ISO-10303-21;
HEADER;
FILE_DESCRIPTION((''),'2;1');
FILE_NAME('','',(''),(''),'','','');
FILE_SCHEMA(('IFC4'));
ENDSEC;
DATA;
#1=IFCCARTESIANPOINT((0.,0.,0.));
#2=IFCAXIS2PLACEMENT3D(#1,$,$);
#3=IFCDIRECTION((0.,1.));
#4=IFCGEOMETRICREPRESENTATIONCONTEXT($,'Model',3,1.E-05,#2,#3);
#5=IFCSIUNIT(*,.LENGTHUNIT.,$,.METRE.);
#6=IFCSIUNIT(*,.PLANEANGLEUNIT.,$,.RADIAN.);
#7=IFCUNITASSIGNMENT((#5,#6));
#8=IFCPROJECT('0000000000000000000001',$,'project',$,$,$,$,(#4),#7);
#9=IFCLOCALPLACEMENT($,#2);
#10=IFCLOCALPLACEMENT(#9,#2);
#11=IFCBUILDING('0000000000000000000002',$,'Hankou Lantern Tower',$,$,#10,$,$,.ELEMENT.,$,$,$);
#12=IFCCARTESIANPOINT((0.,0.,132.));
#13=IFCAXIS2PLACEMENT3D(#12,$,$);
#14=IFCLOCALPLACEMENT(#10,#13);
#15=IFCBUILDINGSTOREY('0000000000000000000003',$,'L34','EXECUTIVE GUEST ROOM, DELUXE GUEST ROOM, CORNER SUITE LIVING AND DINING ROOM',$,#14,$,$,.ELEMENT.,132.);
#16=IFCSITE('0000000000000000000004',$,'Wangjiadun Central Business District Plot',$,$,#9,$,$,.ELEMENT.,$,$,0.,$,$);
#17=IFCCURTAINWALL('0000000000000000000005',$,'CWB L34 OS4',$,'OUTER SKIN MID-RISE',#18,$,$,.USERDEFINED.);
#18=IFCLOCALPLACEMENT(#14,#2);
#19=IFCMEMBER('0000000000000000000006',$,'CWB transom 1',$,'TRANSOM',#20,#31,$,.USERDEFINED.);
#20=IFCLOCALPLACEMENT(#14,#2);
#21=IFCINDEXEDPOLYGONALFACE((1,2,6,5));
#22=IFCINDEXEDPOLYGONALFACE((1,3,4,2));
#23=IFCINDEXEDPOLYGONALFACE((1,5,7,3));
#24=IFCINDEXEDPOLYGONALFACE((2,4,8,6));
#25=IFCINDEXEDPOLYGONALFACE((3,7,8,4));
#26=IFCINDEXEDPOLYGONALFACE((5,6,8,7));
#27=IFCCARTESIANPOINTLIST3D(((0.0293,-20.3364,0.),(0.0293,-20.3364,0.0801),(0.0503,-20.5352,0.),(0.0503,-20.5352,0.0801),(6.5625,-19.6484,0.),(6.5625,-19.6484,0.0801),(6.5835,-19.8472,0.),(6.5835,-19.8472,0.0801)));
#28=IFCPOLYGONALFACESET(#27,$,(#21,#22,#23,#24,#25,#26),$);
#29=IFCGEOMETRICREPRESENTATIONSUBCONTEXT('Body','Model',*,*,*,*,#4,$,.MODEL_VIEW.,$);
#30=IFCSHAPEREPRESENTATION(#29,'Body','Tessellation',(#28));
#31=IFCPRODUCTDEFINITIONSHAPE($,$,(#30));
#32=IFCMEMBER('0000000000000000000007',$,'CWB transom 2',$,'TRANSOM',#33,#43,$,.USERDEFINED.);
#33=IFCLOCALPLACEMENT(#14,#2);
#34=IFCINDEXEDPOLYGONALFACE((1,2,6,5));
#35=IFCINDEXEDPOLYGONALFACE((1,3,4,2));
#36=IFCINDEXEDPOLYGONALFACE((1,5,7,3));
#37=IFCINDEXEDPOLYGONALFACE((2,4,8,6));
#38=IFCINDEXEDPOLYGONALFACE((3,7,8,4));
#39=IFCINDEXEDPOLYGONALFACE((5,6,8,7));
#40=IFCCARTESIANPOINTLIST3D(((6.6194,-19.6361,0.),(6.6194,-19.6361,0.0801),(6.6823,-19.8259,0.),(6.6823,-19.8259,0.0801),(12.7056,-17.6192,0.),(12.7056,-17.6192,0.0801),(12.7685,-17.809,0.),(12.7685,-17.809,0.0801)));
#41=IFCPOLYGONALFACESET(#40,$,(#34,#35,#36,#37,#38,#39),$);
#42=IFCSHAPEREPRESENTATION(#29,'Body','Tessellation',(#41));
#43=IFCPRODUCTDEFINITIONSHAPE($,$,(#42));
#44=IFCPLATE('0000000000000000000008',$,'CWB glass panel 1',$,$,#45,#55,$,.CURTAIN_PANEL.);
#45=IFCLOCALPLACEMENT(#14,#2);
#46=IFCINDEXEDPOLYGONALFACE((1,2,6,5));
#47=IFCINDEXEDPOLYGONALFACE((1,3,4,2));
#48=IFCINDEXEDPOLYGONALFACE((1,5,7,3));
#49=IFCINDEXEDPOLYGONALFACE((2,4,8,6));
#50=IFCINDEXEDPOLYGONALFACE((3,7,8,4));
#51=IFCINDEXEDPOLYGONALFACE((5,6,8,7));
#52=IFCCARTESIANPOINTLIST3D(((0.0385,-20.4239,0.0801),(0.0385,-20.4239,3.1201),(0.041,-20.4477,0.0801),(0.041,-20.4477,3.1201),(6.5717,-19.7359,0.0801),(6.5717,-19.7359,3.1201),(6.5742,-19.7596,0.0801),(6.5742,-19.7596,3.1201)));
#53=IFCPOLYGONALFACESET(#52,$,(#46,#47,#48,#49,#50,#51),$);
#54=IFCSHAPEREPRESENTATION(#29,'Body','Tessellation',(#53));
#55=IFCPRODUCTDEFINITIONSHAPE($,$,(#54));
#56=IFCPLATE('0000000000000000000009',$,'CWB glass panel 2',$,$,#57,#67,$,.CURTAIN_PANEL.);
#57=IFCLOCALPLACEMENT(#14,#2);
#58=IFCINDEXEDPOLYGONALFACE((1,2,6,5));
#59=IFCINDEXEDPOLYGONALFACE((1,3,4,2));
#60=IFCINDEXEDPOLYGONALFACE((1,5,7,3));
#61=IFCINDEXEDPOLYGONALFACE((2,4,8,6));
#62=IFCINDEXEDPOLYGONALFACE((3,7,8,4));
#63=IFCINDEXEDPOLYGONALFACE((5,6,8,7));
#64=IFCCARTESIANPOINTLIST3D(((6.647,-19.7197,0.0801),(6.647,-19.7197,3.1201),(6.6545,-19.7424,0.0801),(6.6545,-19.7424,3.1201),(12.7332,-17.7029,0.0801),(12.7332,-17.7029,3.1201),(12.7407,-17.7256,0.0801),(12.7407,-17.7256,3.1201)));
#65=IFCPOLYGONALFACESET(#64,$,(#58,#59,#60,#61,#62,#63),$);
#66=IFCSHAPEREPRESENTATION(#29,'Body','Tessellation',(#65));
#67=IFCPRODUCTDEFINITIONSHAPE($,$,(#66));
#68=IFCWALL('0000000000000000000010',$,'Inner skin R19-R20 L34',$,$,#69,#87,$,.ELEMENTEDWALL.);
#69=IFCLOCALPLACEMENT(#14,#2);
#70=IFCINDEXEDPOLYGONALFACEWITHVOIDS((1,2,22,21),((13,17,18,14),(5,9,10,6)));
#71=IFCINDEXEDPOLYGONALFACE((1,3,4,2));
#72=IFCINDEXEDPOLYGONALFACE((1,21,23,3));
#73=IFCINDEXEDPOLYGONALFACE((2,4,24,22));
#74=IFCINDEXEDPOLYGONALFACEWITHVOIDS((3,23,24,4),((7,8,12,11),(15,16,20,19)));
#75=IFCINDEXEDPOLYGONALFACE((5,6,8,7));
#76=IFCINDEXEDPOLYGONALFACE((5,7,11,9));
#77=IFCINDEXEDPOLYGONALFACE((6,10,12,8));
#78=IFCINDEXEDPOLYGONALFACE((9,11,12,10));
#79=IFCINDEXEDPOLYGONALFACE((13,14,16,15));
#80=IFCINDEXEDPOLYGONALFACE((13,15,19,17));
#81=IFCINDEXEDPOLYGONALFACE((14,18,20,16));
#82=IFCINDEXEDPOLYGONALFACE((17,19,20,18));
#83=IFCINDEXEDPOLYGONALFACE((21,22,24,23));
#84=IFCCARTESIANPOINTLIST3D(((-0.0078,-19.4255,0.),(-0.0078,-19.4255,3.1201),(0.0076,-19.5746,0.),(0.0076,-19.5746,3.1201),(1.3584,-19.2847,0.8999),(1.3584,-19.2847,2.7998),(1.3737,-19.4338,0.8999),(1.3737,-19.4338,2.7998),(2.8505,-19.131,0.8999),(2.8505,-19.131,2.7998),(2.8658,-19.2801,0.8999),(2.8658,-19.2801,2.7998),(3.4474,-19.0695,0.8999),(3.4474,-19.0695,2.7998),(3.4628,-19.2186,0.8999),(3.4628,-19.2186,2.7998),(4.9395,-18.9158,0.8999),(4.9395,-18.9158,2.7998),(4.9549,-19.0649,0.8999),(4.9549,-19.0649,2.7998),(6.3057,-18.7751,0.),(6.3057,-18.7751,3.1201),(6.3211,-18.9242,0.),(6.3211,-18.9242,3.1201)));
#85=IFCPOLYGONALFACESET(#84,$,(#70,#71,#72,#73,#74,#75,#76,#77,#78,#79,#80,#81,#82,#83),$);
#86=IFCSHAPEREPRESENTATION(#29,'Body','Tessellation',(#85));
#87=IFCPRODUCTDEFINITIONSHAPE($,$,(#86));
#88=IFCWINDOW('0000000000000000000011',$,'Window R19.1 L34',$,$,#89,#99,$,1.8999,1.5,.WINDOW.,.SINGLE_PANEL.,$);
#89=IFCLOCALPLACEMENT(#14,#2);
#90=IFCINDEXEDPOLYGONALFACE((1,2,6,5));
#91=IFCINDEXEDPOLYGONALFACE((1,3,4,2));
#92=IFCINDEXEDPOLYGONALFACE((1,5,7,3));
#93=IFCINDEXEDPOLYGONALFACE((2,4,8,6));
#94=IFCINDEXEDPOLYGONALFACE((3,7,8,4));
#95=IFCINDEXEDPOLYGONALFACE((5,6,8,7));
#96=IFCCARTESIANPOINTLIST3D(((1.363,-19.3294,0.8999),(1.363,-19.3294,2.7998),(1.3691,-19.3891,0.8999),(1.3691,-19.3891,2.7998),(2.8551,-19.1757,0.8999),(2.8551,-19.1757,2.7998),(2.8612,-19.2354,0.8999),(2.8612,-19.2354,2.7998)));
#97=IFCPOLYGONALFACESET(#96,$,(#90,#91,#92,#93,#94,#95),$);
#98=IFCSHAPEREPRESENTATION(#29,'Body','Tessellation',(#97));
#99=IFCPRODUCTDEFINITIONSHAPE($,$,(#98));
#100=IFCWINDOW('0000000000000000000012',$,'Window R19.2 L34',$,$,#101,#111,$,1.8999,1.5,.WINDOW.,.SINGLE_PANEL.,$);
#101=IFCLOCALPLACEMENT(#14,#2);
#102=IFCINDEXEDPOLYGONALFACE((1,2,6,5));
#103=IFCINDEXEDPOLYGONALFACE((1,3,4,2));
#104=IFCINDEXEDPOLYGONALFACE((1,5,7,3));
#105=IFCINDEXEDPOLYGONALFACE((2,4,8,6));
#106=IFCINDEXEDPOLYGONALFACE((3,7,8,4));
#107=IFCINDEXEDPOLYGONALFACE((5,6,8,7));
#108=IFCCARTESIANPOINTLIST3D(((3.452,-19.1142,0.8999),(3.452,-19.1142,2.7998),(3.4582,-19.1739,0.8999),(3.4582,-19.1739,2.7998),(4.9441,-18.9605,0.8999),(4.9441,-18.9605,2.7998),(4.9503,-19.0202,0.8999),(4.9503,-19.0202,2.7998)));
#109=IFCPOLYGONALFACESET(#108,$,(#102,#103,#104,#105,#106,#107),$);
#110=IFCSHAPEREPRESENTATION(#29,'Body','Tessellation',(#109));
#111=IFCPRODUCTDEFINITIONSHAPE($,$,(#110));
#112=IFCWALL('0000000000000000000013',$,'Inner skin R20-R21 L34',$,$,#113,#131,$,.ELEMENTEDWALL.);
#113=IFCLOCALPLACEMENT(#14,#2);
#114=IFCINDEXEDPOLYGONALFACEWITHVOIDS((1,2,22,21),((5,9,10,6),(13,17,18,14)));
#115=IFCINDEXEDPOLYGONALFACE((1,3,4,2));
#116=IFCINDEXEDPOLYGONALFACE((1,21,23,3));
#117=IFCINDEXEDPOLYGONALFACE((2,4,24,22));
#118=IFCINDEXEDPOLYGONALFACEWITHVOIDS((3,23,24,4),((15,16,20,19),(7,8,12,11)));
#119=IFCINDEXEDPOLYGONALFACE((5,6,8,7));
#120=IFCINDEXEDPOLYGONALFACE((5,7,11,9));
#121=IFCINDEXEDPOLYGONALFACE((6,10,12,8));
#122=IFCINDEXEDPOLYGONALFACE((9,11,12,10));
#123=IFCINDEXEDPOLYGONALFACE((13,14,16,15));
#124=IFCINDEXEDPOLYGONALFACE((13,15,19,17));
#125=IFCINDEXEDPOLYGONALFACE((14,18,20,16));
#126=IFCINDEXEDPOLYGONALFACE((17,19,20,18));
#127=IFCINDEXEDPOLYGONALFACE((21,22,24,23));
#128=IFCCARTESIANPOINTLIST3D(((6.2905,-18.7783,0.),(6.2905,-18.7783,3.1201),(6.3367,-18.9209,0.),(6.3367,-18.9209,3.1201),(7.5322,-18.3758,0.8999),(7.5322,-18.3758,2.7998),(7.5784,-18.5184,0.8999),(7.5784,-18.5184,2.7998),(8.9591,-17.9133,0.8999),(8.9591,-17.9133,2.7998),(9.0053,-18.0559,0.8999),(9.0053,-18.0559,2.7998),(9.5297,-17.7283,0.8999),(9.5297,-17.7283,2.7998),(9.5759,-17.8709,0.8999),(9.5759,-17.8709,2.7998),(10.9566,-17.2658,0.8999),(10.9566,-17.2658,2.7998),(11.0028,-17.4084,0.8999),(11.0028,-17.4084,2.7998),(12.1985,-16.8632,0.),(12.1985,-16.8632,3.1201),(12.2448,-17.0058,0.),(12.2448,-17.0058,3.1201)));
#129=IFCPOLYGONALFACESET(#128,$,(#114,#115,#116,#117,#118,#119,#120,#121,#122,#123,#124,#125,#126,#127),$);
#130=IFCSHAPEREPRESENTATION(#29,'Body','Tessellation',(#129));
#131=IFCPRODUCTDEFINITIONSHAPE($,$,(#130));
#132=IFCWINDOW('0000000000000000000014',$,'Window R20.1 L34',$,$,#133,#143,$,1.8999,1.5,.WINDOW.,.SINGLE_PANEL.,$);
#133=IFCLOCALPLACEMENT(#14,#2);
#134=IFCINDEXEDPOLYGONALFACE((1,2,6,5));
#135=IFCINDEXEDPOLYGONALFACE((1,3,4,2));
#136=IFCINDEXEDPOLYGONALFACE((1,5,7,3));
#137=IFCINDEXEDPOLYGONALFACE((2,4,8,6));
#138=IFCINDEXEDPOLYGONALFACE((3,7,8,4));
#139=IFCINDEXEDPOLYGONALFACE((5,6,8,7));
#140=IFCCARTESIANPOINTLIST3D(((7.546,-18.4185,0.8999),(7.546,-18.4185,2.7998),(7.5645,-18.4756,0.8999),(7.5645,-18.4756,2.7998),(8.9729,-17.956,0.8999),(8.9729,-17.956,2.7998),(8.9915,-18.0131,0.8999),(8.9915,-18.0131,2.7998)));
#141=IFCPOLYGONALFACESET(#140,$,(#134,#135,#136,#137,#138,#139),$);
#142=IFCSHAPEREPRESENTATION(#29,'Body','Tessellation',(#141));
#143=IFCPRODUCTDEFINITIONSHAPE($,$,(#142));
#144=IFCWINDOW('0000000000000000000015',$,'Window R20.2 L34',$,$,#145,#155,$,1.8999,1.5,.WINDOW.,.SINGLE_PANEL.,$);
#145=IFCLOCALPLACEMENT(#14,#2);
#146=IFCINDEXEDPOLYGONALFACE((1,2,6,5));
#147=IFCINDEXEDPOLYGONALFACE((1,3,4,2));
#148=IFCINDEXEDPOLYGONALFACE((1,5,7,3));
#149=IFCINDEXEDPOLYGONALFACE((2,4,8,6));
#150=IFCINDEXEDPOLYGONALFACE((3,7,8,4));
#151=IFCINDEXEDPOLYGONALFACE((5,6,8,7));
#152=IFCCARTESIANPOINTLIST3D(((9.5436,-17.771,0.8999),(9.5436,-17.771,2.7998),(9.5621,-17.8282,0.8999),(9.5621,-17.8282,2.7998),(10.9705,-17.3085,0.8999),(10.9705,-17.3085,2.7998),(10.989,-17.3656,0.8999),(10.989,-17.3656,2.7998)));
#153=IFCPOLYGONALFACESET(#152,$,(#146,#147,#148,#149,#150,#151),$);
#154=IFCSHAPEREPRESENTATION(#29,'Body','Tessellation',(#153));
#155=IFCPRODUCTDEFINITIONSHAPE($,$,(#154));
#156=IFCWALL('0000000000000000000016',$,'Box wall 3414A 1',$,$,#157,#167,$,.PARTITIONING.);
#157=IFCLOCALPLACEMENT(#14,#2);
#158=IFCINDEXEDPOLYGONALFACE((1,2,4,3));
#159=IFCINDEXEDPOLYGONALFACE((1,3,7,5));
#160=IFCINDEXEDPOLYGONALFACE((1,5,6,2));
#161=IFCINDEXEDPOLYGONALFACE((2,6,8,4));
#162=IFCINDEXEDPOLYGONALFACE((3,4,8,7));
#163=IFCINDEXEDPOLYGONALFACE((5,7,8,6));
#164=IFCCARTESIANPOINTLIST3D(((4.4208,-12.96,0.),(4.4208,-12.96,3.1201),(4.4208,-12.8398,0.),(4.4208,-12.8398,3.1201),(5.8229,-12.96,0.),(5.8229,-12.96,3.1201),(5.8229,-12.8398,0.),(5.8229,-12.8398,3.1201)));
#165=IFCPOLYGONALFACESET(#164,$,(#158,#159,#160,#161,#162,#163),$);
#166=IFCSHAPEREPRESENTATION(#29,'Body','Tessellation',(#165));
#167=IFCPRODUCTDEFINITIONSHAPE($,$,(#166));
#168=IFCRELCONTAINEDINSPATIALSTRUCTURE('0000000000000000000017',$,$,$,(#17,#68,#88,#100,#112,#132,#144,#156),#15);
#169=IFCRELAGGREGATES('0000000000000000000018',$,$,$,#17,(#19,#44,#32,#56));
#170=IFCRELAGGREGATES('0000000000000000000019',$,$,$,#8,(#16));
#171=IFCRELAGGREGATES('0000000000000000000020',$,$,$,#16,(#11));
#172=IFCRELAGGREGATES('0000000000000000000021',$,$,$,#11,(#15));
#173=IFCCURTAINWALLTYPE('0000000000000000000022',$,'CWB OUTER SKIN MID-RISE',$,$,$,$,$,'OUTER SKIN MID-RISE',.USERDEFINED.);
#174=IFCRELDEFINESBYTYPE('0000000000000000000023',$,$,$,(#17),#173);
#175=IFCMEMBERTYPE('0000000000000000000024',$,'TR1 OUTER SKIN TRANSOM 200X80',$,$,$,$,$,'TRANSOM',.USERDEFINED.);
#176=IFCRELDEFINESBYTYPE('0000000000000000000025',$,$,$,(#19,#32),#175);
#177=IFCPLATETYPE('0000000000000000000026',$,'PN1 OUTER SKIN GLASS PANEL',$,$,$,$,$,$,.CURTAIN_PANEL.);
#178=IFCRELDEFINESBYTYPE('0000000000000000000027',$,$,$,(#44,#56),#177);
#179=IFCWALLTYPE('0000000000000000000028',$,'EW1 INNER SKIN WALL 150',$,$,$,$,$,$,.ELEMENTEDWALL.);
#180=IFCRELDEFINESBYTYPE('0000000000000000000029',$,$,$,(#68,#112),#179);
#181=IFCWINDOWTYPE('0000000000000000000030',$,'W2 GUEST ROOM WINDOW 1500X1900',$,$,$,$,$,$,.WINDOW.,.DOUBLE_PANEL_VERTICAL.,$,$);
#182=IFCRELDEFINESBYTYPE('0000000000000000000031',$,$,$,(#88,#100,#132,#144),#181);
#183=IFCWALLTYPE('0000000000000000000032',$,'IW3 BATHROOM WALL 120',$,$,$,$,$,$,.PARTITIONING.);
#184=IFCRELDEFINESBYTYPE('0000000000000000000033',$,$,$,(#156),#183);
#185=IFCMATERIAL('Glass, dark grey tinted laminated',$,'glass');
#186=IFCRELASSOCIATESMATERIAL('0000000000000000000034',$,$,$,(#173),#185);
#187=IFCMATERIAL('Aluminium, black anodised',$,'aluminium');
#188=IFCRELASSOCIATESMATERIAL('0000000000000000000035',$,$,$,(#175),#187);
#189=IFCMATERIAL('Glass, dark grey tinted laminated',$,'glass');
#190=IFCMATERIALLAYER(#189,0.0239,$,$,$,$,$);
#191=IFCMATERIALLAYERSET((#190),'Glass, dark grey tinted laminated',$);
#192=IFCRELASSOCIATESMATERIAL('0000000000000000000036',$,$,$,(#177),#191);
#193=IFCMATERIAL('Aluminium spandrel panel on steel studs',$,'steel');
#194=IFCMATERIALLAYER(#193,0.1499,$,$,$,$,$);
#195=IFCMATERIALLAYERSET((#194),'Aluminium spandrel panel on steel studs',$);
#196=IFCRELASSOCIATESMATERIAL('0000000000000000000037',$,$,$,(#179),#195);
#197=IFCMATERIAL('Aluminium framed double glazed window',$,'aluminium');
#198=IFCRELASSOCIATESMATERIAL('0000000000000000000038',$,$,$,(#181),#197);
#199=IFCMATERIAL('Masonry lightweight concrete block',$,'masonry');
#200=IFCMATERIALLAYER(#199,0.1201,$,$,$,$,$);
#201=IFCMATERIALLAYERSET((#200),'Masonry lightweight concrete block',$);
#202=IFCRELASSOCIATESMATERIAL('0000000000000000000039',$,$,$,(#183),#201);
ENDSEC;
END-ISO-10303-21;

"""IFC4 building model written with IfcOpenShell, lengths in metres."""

from ifc_helpers import new_model, si_unit, direction, frame, frame_2d, origin, origin_2d, place, context, subcontext, project, spatial, rectangle, extrude, material, layer, layer_set, material_profile, profile_set, type_object, element, fill, aggregate, save


model = new_model("IFC4")

# Units and contexts
model_context = context("Model", 3, precision=1e-05, world=origin(), true_north=direction((0.0, 1.0)))
body_context = subcontext(model_context, "Body", "Model", "MODEL_VIEW")
ifc_project = project(units=[si_unit("LENGTHUNIT", "METRE"), si_unit("PLANEANGLEUNIT", "RADIAN")], contexts=[model_context])

# Site, building, storey
site_placement = place(None, origin())
site = spatial("IfcSite", under=ifc_project, at=site_placement, Name="Wangjiadun Central Business District Plot", CompositionType="ELEMENT", RefElevation=0.0)
building_placement = place(site_placement, origin())
building = spatial("IfcBuilding", under=site, at=building_placement, Name="Hankou Lantern Tower", CompositionType="ELEMENT")
storey_placement = place(building_placement, frame((0.0, 0.0, 132.0)))
storey = spatial("IfcBuildingStorey", under=building, at=storey_placement, Name="L34", Description="EXECUTIVE GUEST ROOM, DELUXE GUEST ROOM, CORNER SUITE LIVING AND DINING ROOM", CompositionType="ELEMENT", Elevation=132.0)

# Curtain wall
ifc_material_1 = material(Name="Glass, dark grey tinted laminated", Category="glass")
curtain_wall_type = type_object("IfcCurtainWallType", Name="CWB OUTER SKIN MID-RISE", ElementType="OUTER SKIN MID-RISE", PredefinedType="USERDEFINED", material=ifc_material_1)
curtain_wall_placement = place(storey_placement, origin())
curtain_wall = element("IfcCurtainWall", 1, at=curtain_wall_placement, inside=storey, type_object=curtain_wall_type, Name="CWB L34 OS4", ObjectType="OUTER SKIN MID-RISE", PredefinedType="USERDEFINED")

# Members
ifc_material_2 = material(Name="Aluminium, black anodised", Category="aluminium")
ifc_material_profile_1 = material_profile(ifc_material_2, rectangle(XDim=0.2, YDim=0.0801, at=origin_2d()), Name="TR1 200X80")
ifc_profile_set_1 = profile_set([ifc_material_profile_1], Name="Aluminium, black anodised")
member_type_1 = type_object("IfcMemberType", Name="TR1 OUTER SKIN TRANSOM 200X80", ElementType="TRANSOM", PredefinedType="USERDEFINED", material=ifc_profile_set_1)
member_1_placement = place(storey_placement, frame((0.0398, -20.4358, 0.04), z_axis=(0.994501, 0.104727, 0.0), x_axis=(-0.104727, 0.994501, 0.0)))
member_1 = element("IfcMember", 2, at=member_1_placement, type_object=member_type_1, Name="CWB transom 1", ObjectType="TRANSOM", PredefinedType="USERDEFINED", context=body_context, shape_type="SweptSolid", body=[
    extrude(rectangle(XDim=0.2, YDim=0.0801, at=origin_2d()), origin(), (0.0, 0.0, 1.0), 6.5693),
])
member_2_placement = place(storey_placement, frame((6.6509, -19.731, 0.04), z_axis=(0.949238, 0.314559, 0.0), x_axis=(-0.314559, 0.949238, 0.0)))
member_2 = element("IfcMember", 3, at=member_2_placement, type_object=member_type_1, Name="CWB transom 2", ObjectType="TRANSOM", PredefinedType="USERDEFINED", context=body_context, shape_type="SweptSolid", body=[
    extrude(rectangle(XDim=0.2, YDim=0.0801, at=origin_2d()), origin(), (0.0, 0.0, 1.0), 6.4116),
])

# Plates
ifc_material_3 = material(Name="Glass, dark grey tinted laminated", Category="glass")
ifc_layer_1 = layer(ifc_material_3, 0.0239)
ifc_layer_set_1 = layer_set([ifc_layer_1], Name="Glass, dark grey tinted laminated")
plate_type = type_object("IfcPlateType", Name="PN1 OUTER SKIN GLASS PANEL", PredefinedType="CURTAIN_PANEL", material=ifc_layer_set_1)
plate_1_placement = place(storey_placement, frame((3.3064, -20.0918, 0.0801), z_axis=(0.0, 0.0, 1.0), x_axis=(0.994499, 0.104743, 0.0)))
plate_1 = element("IfcPlate", 4, at=plate_1_placement, type_object=plate_type, Name="CWB glass panel 1", PredefinedType="CURTAIN_PANEL", context=body_context, shape_type="SweptSolid", body=[
    extrude(rectangle(XDim=6.5693, YDim=0.0239, at=origin_2d()), origin(), (0.0, 0.0, 1.0), 3.04),
])
plate_2_placement = place(storey_placement, frame((9.6938, -18.7227, 0.0801), z_axis=(0.0, 0.0, 1.0), x_axis=(0.949241, 0.314551, 0.0)))
plate_2 = element("IfcPlate", 5, at=plate_2_placement, type_object=plate_type, Name="CWB glass panel 2", PredefinedType="CURTAIN_PANEL", context=body_context, shape_type="SweptSolid", body=[
    extrude(rectangle(XDim=6.4116, YDim=0.0239, at=origin_2d()), origin(), (0.0, 0.0, 1.0), 3.04),
])
aggregate(curtain_wall, [member_1, plate_1, member_2, plate_2])

# Walls, openings, windows
ifc_material_4 = material(Name="Aluminium spandrel panel on steel studs", Category="steel")
ifc_layer_2 = layer(ifc_material_4, 0.1499)
ifc_layer_set_2 = layer_set([ifc_layer_2], Name="Aluminium spandrel panel on steel studs")
wall_type_1 = type_object("IfcWallType", Name="EW1 INNER SKIN WALL 150", PredefinedType="ELEMENTEDWALL", material=ifc_layer_set_2)
wall_1_placement = place(storey_placement, frame((0.0, -19.5, 0.0), z_axis=(0.0, 0.0, 1.0), x_axis=(0.994736, 0.102474, 0.0)))
wall_1 = element("IfcWall", 6, at=wall_1_placement, inside=storey, type_object=wall_type_1, Name="Inner skin R19-R20 L34", PredefinedType="ELEMENTEDWALL", context=body_context, shape_type="SweptSolid", body=[
    extrude(rectangle(XDim=6.3469, YDim=0.1499, at=frame_2d((3.1733, 0.0))), origin(), (0.0, 0.0, 1.0), 3.1201),
])
opening_1_placement = place(wall_1_placement, frame((1.3733, 0.0, 0.8999)))
opening_1 = element("IfcOpeningElement", 7, at=opening_1_placement, cuts=wall_1, PredefinedType="OPENING", context=body_context, shape_type="SweptSolid", body=[
    extrude(rectangle(XDim=1.5, YDim=1.8999, at=frame_2d((0.75, 0.95))), frame((0.0, 0.085, 0.0), z_axis=(0.0, -1.0, 0.0), x_axis=(1.0, 0.0, 0.0)), (0.0, 0.0, 1.0), 0.1699),
])
opening_2_placement = place(wall_1_placement, frame((3.4734, 0.0, 0.8999)))
opening_2 = element("IfcOpeningElement", 8, at=opening_2_placement, cuts=wall_1, PredefinedType="OPENING", context=body_context, shape_type="SweptSolid", body=[
    extrude(rectangle(XDim=1.5, YDim=1.8999, at=frame_2d((0.75, 0.95))), frame((0.0, 0.085, 0.0), z_axis=(0.0, -1.0, 0.0), x_axis=(1.0, 0.0, 0.0)), (0.0, 0.0, 1.0), 0.1699),
])
ifc_material_5 = material(Name="Aluminium framed double glazed window", Category="aluminium")
window_type = type_object("IfcWindowType", Name="W2 GUEST ROOM WINDOW 1500X1900", PartitioningType="DOUBLE_PANEL_VERTICAL", PredefinedType="WINDOW", material=ifc_material_5)
window_1_placement = place(opening_1_placement, origin())
window_1 = element("IfcWindow", 9, at=window_1_placement, inside=storey, type_object=window_type, Name="Window R19.1 L34", OverallHeight=1.8999, OverallWidth=1.5, PartitioningType="SINGLE_PANEL", PredefinedType="WINDOW", context=body_context, shape_type="SweptSolid", body=[
    extrude(rectangle(XDim=1.5, YDim=1.8999, at=frame_2d((0.75, 0.95))), frame((0.0, 0.03, 0.0), z_axis=(0.0, -1.0, 0.0), x_axis=(1.0, 0.0, 0.0)), (0.0, 0.0, 1.0), 0.0601),
])
fill(opening_1, window_1)
window_2_placement = place(opening_2_placement, origin())
window_2 = element("IfcWindow", 10, at=window_2_placement, inside=storey, type_object=window_type, Name="Window R19.2 L34", OverallHeight=1.8999, OverallWidth=1.5, PartitioningType="SINGLE_PANEL", PredefinedType="WINDOW", context=body_context, shape_type="SweptSolid", body=[
    extrude(rectangle(XDim=1.5, YDim=1.8999, at=frame_2d((0.75, 0.95))), frame((0.0, 0.03, 0.0), z_axis=(0.0, -1.0, 0.0), x_axis=(1.0, 0.0, 0.0)), (0.0, 0.0, 1.0), 0.0601),
])
fill(opening_2, window_2)
wall_2_placement = place(storey_placement, frame((6.3135, -18.8496, 0.0), z_axis=(0.0, 0.0, 1.0), x_axis=(0.951273, 0.308351, 0.0)))
wall_2 = element("IfcWall", 11, at=wall_2_placement, inside=storey, type_object=wall_type_1, Name="Inner skin R20-R21 L34", PredefinedType="ELEMENTEDWALL", context=body_context, shape_type="SweptSolid", body=[
    extrude(rectangle(XDim=6.2107, YDim=0.1499, at=frame_2d((3.1055, 0.0))), origin(), (0.0, 0.0, 1.0), 3.1201),
])
opening_3_placement = place(wall_2_placement, frame((1.3054, 0.0, 0.8999)))
opening_3 = element("IfcOpeningElement", 12, at=opening_3_placement, cuts=wall_2, PredefinedType="OPENING", context=body_context, shape_type="SweptSolid", body=[
    extrude(rectangle(XDim=1.5, YDim=1.8999, at=frame_2d((0.75, 0.95))), frame((0.0, 0.085, 0.0), z_axis=(0.0, -1.0, 0.0), x_axis=(1.0, 0.0, 0.0)), (0.0, 0.0, 1.0), 0.1699),
])
opening_4_placement = place(wall_2_placement, frame((3.4053, 0.0, 0.8999)))
opening_4 = element("IfcOpeningElement", 13, at=opening_4_placement, cuts=wall_2, PredefinedType="OPENING", context=body_context, shape_type="SweptSolid", body=[
    extrude(rectangle(XDim=1.5, YDim=1.8999, at=frame_2d((0.75, 0.95))), frame((0.0, 0.085, 0.0), z_axis=(0.0, -1.0, 0.0), x_axis=(1.0, 0.0, 0.0)), (0.0, 0.0, 1.0), 0.1699),
])
window_3_placement = place(opening_3_placement, origin())
window_3 = element("IfcWindow", 14, at=window_3_placement, inside=storey, type_object=window_type, Name="Window R20.1 L34", OverallHeight=1.8999, OverallWidth=1.5, PartitioningType="SINGLE_PANEL", PredefinedType="WINDOW", context=body_context, shape_type="SweptSolid", body=[
    extrude(rectangle(XDim=1.5, YDim=1.8999, at=frame_2d((0.75, 0.95))), frame((0.0, 0.03, 0.0), z_axis=(0.0, -1.0, 0.0), x_axis=(1.0, 0.0, 0.0)), (0.0, 0.0, 1.0), 0.0601),
])
fill(opening_3, window_3)
window_4_placement = place(opening_4_placement, origin())
window_4 = element("IfcWindow", 15, at=window_4_placement, inside=storey, type_object=window_type, Name="Window R20.2 L34", OverallHeight=1.8999, OverallWidth=1.5, PartitioningType="SINGLE_PANEL", PredefinedType="WINDOW", context=body_context, shape_type="SweptSolid", body=[
    extrude(rectangle(XDim=1.5, YDim=1.8999, at=frame_2d((0.75, 0.95))), frame((0.0, 0.03, 0.0), z_axis=(0.0, -1.0, 0.0), x_axis=(1.0, 0.0, 0.0)), (0.0, 0.0, 1.0), 0.0601),
])
fill(opening_4, window_4)

# Wall
ifc_material_6 = material(Name="Masonry lightweight concrete block", Category="masonry")
ifc_layer_3 = layer(ifc_material_6, 0.1201)
ifc_layer_set_3 = layer_set([ifc_layer_3], Name="Masonry lightweight concrete block")
wall_type_2 = type_object("IfcWallType", Name="IW3 BATHROOM WALL 120", PredefinedType="PARTITIONING", material=ifc_layer_set_3)
wall_3_placement = place(storey_placement, frame((4.4207, -12.8999, 0.0), z_axis=(0.0, 0.0, 1.0), x_axis=(1.0, 0.0, 0.0)))
element("IfcWall", 16, at=wall_3_placement, inside=storey, type_object=wall_type_2, Name="Box wall 3414A 1", PredefinedType="PARTITIONING", context=body_context, shape_type="SweptSolid", body=[
    extrude(rectangle(XDim=1.4021, YDim=0.1201, at=frame_2d((0.7012, 0.0))), origin(), (0.0, 0.0, 1.0), 3.1201),
])

save(model, "model.ifc")
